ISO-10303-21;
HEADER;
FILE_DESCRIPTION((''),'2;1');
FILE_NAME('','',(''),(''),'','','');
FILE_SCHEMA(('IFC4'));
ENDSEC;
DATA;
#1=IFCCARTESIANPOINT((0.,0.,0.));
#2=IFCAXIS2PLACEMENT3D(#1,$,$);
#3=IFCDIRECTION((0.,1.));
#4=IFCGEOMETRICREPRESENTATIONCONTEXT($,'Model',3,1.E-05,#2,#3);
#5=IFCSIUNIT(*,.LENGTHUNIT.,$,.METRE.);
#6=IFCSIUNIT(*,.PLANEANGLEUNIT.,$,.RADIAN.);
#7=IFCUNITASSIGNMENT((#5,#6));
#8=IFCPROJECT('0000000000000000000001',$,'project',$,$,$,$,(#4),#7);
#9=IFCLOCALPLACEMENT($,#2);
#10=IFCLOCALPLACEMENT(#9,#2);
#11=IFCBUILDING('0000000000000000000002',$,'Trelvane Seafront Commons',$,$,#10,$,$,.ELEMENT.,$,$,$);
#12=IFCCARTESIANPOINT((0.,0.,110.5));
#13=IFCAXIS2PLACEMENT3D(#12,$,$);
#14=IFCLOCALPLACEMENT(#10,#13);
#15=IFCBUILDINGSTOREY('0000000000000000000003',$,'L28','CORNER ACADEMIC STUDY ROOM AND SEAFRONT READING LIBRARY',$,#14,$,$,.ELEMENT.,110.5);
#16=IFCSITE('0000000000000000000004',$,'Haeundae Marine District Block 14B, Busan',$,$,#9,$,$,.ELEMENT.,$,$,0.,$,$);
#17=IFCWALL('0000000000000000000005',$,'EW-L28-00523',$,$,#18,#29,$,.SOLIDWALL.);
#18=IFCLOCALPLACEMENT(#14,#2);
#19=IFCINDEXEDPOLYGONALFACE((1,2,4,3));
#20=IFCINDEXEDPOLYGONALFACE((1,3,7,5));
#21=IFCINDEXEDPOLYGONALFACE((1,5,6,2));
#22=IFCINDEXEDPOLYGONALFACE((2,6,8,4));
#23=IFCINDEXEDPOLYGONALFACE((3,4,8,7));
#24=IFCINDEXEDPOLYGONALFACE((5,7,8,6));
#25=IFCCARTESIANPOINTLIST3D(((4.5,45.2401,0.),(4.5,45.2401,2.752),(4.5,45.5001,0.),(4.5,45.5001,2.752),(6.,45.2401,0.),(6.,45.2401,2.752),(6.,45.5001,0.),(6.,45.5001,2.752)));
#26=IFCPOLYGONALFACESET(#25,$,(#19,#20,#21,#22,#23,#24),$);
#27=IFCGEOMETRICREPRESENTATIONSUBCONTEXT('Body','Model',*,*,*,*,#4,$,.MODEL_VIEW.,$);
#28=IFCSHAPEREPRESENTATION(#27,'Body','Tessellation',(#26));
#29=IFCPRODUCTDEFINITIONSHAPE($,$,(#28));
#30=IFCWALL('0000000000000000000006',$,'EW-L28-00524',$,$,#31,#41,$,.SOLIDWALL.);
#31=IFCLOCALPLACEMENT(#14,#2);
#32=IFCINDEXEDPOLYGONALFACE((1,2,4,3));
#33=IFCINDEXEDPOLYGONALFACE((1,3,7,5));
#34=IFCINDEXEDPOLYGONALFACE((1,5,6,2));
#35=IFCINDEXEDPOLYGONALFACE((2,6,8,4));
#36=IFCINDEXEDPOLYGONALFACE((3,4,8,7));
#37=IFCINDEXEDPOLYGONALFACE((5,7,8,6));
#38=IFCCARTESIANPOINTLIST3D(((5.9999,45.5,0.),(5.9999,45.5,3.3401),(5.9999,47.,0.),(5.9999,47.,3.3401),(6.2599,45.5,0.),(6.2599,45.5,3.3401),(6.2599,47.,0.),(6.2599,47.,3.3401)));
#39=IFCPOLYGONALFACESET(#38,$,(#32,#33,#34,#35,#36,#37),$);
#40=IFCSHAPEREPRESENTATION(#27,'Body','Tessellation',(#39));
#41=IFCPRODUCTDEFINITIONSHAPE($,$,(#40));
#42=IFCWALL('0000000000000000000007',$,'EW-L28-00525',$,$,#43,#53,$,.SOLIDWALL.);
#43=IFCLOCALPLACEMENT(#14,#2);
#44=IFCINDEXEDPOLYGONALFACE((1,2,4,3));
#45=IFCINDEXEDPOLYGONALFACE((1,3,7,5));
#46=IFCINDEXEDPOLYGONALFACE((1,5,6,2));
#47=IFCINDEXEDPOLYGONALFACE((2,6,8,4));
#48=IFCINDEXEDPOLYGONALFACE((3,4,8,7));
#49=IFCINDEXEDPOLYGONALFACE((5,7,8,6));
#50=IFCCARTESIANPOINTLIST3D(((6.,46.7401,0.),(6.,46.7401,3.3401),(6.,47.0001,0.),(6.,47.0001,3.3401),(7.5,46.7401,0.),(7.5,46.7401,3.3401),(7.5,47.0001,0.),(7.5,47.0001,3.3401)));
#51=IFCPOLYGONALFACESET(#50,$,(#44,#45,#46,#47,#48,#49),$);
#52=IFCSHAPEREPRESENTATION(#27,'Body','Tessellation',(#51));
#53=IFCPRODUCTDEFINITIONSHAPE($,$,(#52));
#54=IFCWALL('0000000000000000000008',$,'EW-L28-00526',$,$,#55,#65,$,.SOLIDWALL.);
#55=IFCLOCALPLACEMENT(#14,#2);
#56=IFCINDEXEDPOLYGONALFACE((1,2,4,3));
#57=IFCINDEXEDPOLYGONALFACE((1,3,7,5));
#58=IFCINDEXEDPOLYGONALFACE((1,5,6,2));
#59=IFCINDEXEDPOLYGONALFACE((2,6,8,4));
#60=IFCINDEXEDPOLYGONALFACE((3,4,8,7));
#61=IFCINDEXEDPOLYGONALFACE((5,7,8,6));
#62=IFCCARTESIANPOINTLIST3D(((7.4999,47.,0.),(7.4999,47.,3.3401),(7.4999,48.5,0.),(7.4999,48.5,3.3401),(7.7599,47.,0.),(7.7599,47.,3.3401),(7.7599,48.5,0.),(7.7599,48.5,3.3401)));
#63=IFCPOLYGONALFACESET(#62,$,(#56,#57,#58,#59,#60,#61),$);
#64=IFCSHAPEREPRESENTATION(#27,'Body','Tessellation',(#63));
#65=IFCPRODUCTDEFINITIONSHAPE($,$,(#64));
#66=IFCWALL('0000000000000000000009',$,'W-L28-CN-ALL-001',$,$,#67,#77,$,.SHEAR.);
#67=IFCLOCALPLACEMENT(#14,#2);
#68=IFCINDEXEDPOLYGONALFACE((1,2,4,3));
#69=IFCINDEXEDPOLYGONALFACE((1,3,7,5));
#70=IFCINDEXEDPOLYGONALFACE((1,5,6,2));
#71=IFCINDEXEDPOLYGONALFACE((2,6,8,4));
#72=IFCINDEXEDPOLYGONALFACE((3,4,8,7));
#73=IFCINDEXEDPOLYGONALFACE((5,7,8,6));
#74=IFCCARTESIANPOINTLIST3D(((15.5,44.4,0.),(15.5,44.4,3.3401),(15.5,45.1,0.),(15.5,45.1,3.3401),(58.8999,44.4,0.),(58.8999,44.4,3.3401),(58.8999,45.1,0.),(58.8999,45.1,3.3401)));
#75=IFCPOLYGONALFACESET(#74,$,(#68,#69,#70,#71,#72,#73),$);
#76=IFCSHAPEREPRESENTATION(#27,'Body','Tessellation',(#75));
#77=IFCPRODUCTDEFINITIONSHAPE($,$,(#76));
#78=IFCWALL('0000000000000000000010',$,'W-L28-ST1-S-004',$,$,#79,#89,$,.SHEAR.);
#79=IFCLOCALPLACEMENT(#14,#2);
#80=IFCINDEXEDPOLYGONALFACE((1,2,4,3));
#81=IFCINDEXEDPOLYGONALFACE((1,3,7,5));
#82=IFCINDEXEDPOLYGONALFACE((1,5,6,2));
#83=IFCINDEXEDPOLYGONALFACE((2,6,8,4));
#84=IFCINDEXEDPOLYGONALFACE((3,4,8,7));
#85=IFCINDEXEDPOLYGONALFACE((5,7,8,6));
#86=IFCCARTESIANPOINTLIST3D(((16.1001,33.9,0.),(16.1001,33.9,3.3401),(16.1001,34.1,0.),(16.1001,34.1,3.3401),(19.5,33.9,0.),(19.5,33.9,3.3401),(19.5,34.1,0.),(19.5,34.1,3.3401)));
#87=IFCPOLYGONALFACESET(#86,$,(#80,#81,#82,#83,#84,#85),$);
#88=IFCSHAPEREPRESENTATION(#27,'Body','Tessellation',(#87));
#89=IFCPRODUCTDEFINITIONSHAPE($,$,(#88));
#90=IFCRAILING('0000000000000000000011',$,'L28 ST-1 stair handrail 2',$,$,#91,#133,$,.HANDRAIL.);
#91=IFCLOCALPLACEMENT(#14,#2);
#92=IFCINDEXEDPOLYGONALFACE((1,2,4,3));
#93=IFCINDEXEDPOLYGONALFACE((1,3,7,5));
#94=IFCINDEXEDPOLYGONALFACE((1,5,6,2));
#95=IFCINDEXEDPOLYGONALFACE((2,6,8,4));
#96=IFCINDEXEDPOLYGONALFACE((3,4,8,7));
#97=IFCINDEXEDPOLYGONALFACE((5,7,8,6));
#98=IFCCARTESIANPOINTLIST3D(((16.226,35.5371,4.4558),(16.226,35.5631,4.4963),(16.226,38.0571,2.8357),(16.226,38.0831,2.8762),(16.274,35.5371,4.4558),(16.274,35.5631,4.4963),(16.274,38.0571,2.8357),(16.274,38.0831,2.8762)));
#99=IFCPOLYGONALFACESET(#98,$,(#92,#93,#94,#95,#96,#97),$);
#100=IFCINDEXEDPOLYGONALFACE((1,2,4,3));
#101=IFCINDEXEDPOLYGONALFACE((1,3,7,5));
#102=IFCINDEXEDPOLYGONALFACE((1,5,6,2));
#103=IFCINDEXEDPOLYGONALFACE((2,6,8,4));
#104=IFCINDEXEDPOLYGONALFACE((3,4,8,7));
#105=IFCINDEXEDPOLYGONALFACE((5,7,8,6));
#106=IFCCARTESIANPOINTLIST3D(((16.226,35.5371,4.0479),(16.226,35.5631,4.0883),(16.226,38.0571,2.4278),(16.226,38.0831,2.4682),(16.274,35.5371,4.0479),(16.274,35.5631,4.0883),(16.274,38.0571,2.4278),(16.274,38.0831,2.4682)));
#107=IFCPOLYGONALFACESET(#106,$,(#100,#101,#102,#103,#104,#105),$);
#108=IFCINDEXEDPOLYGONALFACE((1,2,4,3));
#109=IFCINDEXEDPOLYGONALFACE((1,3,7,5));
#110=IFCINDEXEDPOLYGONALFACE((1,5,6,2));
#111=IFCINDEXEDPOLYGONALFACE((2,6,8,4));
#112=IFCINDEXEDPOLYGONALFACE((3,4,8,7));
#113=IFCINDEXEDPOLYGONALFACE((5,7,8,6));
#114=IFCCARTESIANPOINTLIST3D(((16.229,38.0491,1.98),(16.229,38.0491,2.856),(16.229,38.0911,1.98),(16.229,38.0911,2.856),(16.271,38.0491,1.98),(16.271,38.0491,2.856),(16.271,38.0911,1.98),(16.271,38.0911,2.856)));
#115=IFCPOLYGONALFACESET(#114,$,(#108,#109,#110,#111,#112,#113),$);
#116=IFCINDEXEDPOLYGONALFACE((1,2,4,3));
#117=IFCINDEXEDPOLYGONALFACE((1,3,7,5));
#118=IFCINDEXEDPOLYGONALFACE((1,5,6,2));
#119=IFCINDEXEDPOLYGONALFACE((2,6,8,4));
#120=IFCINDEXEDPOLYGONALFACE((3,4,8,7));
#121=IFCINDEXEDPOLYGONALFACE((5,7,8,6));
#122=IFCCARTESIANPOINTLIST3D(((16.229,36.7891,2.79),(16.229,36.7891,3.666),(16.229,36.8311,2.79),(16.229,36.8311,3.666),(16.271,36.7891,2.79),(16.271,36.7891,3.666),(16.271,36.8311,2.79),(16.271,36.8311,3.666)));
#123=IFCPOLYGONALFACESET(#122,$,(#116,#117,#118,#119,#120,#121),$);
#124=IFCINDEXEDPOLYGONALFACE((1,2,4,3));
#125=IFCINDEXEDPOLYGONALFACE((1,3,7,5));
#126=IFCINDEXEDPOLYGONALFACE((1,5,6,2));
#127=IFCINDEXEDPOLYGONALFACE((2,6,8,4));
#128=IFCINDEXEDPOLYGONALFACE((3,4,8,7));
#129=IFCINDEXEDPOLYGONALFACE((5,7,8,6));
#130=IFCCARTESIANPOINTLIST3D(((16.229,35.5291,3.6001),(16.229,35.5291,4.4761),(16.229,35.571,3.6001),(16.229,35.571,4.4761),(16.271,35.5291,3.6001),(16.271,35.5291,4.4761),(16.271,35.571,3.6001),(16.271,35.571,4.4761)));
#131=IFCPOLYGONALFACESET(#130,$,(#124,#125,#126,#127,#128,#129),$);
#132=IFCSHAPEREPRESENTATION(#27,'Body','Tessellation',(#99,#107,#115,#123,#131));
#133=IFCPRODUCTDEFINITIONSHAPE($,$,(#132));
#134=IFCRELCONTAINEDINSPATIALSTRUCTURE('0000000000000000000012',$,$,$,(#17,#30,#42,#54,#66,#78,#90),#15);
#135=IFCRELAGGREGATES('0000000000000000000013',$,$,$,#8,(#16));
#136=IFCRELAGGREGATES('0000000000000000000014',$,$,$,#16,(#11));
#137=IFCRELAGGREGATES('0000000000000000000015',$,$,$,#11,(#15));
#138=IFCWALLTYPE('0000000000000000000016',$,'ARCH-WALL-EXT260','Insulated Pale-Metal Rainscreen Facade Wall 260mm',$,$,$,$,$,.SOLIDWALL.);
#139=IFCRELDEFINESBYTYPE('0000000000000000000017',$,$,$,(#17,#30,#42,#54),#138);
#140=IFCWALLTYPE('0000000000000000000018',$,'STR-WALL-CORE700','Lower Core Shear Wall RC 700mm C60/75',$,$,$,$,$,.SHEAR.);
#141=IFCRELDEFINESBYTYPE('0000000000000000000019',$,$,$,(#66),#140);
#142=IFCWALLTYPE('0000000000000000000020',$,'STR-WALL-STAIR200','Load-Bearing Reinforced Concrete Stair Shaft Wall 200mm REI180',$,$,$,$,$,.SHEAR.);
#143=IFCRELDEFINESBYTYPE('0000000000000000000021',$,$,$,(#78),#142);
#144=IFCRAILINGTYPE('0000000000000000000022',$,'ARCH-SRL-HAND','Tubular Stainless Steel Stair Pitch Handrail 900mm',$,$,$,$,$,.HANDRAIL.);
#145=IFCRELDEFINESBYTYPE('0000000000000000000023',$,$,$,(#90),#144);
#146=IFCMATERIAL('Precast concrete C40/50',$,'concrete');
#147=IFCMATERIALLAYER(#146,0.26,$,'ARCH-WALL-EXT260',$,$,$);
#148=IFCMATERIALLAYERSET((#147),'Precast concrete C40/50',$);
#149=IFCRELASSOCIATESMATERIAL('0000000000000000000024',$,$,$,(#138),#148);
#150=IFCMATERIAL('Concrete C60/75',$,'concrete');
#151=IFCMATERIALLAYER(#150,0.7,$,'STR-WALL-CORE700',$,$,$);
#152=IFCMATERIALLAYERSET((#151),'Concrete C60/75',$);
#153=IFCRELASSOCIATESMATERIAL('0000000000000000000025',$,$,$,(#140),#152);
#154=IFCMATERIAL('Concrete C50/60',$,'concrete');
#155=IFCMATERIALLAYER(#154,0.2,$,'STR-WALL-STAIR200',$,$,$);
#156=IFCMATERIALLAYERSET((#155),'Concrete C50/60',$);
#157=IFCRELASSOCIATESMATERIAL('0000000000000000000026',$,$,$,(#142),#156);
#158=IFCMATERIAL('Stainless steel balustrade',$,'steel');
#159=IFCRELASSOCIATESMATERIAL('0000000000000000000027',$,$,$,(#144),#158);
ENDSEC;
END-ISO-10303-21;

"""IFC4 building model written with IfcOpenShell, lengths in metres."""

from ifc_helpers import new_model, si_unit, direction, frame, frame_2d, origin, origin_2d, place, context, subcontext, project, spatial, rectangle, extrude, material, layer, layer_set, type_object, element, save


model = new_model("IFC4")

# Units and contexts
model_context = context("Model", 3, precision=1e-05, world=origin(), true_north=direction((0.0, 1.0)))
body_context = subcontext(model_context, "Body", "Model", "MODEL_VIEW")
ifc_project = project(units=[si_unit("LENGTHUNIT", "METRE"), si_unit("PLANEANGLEUNIT", "RADIAN")], contexts=[model_context])

# Site, building, storey
site_placement = place(None, origin())
site = spatial("IfcSite", under=ifc_project, at=site_placement, Name="Haeundae Marine District Block 14B, Busan", CompositionType="ELEMENT", RefElevation=0.0)
building_placement = place(site_placement, origin())
building = spatial("IfcBuilding", under=site, at=building_placement, Name="Trelvane Seafront Commons", CompositionType="ELEMENT")
storey_placement = place(building_placement, frame((0.0, 0.0, 110.5)))
storey = spatial("IfcBuildingStorey", under=building, at=storey_placement, Name="L28", Description="CORNER ACADEMIC STUDY ROOM AND SEAFRONT READING LIBRARY", CompositionType="ELEMENT", Elevation=110.5)

# Shared definitions
ifc_material_1 = material(Name="Concrete C60/75", Category="concrete")

# Shared definitions
ifc_material_2 = material(Name="Precast concrete C40/50", Category="concrete")
ifc_layer_1 = layer(ifc_material_2, 0.26, Name="ARCH-WALL-EXT260")
ifc_layer_set_1 = layer_set([ifc_layer_1], Name="Precast concrete C40/50")
wall_type_1 = type_object("IfcWallType", Name="ARCH-WALL-EXT260", Description="Insulated Pale-Metal Rainscreen Facade Wall 260mm", PredefinedType="SOLIDWALL", material=ifc_layer_set_1)

# Walls
wall_1_placement = place(storey_placement, frame((4.5, 45.3701, 0.0), z_axis=(0.0, 0.0, 1.0), x_axis=(1.0, 0.0, 0.0)))
element("IfcWall", 1, at=wall_1_placement, inside=storey, type_object=wall_type_1, Name="EW-L28-00523", PredefinedType="SOLIDWALL", context=body_context, shape_type="SweptSolid", body=[
    extrude(rectangle(XDim=1.5, YDim=0.26, at=frame_2d((0.75, 0.0))), origin(), (0.0, 0.0, 1.0), 2.752),
])
for number, where, z_axis, x_axis, name in (
    (2, (6.1299, 45.5, 0.0), (0.0, 0.0, 1.0), (0.0, 1.0, 0.0), "EW-L28-00524"),
    (3, (6.0, 46.8701, 0.0), (0.0, 0.0, 1.0), (1.0, 0.0, 0.0), "EW-L28-00525"),
    (4, (7.6299, 47.0, 0.0), (0.0, 0.0, 1.0), (0.0, 1.0, 0.0), "EW-L28-00526"),
):
    element("IfcWall", number, at=place(storey_placement, frame(where, z_axis=z_axis, x_axis=x_axis)), inside=storey, type_object=wall_type_1, Name=name, PredefinedType="SOLIDWALL", context=body_context, shape_type="SweptSolid", body=[
        extrude(rectangle(XDim=1.5, YDim=0.26, at=frame_2d((0.75, 0.0))), origin(), (0.0, 0.0, 1.0), 3.3401),
    ])

# Walls
ifc_layer_2 = layer(ifc_material_1, 0.7, Name="STR-WALL-CORE700")
ifc_layer_set_2 = layer_set([ifc_layer_2], Name="Concrete C60/75")
wall_type_2 = type_object("IfcWallType", Name="STR-WALL-CORE700", Description="Lower Core Shear Wall RC 700mm C60/75", PredefinedType="SHEAR", material=ifc_layer_set_2)
wall_2_placement = place(storey_placement, frame((15.5, 44.75, 0.0), z_axis=(0.0, 0.0, 1.0), x_axis=(1.0, 0.0, 0.0)))
element("IfcWall", 5, at=wall_2_placement, inside=storey, type_object=wall_type_2, Name="W-L28-CN-ALL-001", PredefinedType="SHEAR", context=body_context, shape_type="SweptSolid", body=[
    extrude(rectangle(XDim=43.3999, YDim=0.7, at=frame_2d((21.7, 0.0))), origin(), (0.0, 0.0, 1.0), 3.3401),
])
ifc_material_3 = material(Name="Concrete C50/60", Category="concrete")
ifc_layer_3 = layer(ifc_material_3, 0.2, Name="STR-WALL-STAIR200")
ifc_layer_set_3 = layer_set([ifc_layer_3], Name="Concrete C50/60")
wall_type_3 = type_object("IfcWallType", Name="STR-WALL-STAIR200", Description="Load-Bearing Reinforced Concrete Stair Shaft Wall 200mm REI180", PredefinedType="SHEAR", material=ifc_layer_set_3)
wall_3_placement = place(storey_placement, frame((16.1001, 34.0, 0.0), z_axis=(0.0, 0.0, 1.0), x_axis=(1.0, 0.0, 0.0)))
element("IfcWall", 6, at=wall_3_placement, inside=storey, type_object=wall_type_3, Name="W-L28-ST1-S-004", PredefinedType="SHEAR", context=body_context, shape_type="SweptSolid", body=[
    extrude(rectangle(XDim=3.3999, YDim=0.2, at=frame_2d((1.7, 0.0))), origin(), (0.0, 0.0, 1.0), 3.3401),
])

# Railing
ifc_material_4 = material(Name="Stainless steel balustrade", Category="steel")
railing_type = type_object("IfcRailingType", Name="ARCH-SRL-HAND", Description="Tubular Stainless Steel Stair Pitch Handrail 900mm", PredefinedType="HANDRAIL", material=ifc_material_4)
railing_placement = place(storey_placement, frame((16.25, 38.0701, 1.98)))
element("IfcRailing", 7, at=railing_placement, inside=storey, type_object=railing_type, Name="L28 ST-1 stair handrail 2", PredefinedType="HANDRAIL", context=body_context, shape_type="SweptSolid", body=[
    extrude(rectangle(XDim=0.0481, YDim=0.0481, at=origin_2d()), frame((0.0, 0.0, 0.876), z_axis=(0.0, -0.841163, 0.540782), x_axis=(1.0, 0.0, 0.0)), (0.0, 0.0, 1.0), 2.9958),
    extrude(rectangle(XDim=0.0481, YDim=0.0481, at=origin_2d()), frame((0.0, 0.0, 0.468), z_axis=(0.0, -0.841163, 0.540782), x_axis=(1.0, 0.0, 0.0)), (0.0, 0.0, 1.0), 2.9958),
    extrude(rectangle(XDim=0.042, YDim=0.042, at=origin_2d()), origin(), (0.0, 0.0, 1.0), 0.876),
    extrude(rectangle(XDim=0.042, YDim=0.042, at=origin_2d()), frame((0.0, -1.26, 0.8101)), (0.0, 0.0, 1.0), 0.876),
    extrude(rectangle(XDim=0.042, YDim=0.042, at=origin_2d()), frame((0.0, -2.52, 1.6201)), (0.0, 0.0, 1.0), 0.876),
])

save(model, "model.ifc")
